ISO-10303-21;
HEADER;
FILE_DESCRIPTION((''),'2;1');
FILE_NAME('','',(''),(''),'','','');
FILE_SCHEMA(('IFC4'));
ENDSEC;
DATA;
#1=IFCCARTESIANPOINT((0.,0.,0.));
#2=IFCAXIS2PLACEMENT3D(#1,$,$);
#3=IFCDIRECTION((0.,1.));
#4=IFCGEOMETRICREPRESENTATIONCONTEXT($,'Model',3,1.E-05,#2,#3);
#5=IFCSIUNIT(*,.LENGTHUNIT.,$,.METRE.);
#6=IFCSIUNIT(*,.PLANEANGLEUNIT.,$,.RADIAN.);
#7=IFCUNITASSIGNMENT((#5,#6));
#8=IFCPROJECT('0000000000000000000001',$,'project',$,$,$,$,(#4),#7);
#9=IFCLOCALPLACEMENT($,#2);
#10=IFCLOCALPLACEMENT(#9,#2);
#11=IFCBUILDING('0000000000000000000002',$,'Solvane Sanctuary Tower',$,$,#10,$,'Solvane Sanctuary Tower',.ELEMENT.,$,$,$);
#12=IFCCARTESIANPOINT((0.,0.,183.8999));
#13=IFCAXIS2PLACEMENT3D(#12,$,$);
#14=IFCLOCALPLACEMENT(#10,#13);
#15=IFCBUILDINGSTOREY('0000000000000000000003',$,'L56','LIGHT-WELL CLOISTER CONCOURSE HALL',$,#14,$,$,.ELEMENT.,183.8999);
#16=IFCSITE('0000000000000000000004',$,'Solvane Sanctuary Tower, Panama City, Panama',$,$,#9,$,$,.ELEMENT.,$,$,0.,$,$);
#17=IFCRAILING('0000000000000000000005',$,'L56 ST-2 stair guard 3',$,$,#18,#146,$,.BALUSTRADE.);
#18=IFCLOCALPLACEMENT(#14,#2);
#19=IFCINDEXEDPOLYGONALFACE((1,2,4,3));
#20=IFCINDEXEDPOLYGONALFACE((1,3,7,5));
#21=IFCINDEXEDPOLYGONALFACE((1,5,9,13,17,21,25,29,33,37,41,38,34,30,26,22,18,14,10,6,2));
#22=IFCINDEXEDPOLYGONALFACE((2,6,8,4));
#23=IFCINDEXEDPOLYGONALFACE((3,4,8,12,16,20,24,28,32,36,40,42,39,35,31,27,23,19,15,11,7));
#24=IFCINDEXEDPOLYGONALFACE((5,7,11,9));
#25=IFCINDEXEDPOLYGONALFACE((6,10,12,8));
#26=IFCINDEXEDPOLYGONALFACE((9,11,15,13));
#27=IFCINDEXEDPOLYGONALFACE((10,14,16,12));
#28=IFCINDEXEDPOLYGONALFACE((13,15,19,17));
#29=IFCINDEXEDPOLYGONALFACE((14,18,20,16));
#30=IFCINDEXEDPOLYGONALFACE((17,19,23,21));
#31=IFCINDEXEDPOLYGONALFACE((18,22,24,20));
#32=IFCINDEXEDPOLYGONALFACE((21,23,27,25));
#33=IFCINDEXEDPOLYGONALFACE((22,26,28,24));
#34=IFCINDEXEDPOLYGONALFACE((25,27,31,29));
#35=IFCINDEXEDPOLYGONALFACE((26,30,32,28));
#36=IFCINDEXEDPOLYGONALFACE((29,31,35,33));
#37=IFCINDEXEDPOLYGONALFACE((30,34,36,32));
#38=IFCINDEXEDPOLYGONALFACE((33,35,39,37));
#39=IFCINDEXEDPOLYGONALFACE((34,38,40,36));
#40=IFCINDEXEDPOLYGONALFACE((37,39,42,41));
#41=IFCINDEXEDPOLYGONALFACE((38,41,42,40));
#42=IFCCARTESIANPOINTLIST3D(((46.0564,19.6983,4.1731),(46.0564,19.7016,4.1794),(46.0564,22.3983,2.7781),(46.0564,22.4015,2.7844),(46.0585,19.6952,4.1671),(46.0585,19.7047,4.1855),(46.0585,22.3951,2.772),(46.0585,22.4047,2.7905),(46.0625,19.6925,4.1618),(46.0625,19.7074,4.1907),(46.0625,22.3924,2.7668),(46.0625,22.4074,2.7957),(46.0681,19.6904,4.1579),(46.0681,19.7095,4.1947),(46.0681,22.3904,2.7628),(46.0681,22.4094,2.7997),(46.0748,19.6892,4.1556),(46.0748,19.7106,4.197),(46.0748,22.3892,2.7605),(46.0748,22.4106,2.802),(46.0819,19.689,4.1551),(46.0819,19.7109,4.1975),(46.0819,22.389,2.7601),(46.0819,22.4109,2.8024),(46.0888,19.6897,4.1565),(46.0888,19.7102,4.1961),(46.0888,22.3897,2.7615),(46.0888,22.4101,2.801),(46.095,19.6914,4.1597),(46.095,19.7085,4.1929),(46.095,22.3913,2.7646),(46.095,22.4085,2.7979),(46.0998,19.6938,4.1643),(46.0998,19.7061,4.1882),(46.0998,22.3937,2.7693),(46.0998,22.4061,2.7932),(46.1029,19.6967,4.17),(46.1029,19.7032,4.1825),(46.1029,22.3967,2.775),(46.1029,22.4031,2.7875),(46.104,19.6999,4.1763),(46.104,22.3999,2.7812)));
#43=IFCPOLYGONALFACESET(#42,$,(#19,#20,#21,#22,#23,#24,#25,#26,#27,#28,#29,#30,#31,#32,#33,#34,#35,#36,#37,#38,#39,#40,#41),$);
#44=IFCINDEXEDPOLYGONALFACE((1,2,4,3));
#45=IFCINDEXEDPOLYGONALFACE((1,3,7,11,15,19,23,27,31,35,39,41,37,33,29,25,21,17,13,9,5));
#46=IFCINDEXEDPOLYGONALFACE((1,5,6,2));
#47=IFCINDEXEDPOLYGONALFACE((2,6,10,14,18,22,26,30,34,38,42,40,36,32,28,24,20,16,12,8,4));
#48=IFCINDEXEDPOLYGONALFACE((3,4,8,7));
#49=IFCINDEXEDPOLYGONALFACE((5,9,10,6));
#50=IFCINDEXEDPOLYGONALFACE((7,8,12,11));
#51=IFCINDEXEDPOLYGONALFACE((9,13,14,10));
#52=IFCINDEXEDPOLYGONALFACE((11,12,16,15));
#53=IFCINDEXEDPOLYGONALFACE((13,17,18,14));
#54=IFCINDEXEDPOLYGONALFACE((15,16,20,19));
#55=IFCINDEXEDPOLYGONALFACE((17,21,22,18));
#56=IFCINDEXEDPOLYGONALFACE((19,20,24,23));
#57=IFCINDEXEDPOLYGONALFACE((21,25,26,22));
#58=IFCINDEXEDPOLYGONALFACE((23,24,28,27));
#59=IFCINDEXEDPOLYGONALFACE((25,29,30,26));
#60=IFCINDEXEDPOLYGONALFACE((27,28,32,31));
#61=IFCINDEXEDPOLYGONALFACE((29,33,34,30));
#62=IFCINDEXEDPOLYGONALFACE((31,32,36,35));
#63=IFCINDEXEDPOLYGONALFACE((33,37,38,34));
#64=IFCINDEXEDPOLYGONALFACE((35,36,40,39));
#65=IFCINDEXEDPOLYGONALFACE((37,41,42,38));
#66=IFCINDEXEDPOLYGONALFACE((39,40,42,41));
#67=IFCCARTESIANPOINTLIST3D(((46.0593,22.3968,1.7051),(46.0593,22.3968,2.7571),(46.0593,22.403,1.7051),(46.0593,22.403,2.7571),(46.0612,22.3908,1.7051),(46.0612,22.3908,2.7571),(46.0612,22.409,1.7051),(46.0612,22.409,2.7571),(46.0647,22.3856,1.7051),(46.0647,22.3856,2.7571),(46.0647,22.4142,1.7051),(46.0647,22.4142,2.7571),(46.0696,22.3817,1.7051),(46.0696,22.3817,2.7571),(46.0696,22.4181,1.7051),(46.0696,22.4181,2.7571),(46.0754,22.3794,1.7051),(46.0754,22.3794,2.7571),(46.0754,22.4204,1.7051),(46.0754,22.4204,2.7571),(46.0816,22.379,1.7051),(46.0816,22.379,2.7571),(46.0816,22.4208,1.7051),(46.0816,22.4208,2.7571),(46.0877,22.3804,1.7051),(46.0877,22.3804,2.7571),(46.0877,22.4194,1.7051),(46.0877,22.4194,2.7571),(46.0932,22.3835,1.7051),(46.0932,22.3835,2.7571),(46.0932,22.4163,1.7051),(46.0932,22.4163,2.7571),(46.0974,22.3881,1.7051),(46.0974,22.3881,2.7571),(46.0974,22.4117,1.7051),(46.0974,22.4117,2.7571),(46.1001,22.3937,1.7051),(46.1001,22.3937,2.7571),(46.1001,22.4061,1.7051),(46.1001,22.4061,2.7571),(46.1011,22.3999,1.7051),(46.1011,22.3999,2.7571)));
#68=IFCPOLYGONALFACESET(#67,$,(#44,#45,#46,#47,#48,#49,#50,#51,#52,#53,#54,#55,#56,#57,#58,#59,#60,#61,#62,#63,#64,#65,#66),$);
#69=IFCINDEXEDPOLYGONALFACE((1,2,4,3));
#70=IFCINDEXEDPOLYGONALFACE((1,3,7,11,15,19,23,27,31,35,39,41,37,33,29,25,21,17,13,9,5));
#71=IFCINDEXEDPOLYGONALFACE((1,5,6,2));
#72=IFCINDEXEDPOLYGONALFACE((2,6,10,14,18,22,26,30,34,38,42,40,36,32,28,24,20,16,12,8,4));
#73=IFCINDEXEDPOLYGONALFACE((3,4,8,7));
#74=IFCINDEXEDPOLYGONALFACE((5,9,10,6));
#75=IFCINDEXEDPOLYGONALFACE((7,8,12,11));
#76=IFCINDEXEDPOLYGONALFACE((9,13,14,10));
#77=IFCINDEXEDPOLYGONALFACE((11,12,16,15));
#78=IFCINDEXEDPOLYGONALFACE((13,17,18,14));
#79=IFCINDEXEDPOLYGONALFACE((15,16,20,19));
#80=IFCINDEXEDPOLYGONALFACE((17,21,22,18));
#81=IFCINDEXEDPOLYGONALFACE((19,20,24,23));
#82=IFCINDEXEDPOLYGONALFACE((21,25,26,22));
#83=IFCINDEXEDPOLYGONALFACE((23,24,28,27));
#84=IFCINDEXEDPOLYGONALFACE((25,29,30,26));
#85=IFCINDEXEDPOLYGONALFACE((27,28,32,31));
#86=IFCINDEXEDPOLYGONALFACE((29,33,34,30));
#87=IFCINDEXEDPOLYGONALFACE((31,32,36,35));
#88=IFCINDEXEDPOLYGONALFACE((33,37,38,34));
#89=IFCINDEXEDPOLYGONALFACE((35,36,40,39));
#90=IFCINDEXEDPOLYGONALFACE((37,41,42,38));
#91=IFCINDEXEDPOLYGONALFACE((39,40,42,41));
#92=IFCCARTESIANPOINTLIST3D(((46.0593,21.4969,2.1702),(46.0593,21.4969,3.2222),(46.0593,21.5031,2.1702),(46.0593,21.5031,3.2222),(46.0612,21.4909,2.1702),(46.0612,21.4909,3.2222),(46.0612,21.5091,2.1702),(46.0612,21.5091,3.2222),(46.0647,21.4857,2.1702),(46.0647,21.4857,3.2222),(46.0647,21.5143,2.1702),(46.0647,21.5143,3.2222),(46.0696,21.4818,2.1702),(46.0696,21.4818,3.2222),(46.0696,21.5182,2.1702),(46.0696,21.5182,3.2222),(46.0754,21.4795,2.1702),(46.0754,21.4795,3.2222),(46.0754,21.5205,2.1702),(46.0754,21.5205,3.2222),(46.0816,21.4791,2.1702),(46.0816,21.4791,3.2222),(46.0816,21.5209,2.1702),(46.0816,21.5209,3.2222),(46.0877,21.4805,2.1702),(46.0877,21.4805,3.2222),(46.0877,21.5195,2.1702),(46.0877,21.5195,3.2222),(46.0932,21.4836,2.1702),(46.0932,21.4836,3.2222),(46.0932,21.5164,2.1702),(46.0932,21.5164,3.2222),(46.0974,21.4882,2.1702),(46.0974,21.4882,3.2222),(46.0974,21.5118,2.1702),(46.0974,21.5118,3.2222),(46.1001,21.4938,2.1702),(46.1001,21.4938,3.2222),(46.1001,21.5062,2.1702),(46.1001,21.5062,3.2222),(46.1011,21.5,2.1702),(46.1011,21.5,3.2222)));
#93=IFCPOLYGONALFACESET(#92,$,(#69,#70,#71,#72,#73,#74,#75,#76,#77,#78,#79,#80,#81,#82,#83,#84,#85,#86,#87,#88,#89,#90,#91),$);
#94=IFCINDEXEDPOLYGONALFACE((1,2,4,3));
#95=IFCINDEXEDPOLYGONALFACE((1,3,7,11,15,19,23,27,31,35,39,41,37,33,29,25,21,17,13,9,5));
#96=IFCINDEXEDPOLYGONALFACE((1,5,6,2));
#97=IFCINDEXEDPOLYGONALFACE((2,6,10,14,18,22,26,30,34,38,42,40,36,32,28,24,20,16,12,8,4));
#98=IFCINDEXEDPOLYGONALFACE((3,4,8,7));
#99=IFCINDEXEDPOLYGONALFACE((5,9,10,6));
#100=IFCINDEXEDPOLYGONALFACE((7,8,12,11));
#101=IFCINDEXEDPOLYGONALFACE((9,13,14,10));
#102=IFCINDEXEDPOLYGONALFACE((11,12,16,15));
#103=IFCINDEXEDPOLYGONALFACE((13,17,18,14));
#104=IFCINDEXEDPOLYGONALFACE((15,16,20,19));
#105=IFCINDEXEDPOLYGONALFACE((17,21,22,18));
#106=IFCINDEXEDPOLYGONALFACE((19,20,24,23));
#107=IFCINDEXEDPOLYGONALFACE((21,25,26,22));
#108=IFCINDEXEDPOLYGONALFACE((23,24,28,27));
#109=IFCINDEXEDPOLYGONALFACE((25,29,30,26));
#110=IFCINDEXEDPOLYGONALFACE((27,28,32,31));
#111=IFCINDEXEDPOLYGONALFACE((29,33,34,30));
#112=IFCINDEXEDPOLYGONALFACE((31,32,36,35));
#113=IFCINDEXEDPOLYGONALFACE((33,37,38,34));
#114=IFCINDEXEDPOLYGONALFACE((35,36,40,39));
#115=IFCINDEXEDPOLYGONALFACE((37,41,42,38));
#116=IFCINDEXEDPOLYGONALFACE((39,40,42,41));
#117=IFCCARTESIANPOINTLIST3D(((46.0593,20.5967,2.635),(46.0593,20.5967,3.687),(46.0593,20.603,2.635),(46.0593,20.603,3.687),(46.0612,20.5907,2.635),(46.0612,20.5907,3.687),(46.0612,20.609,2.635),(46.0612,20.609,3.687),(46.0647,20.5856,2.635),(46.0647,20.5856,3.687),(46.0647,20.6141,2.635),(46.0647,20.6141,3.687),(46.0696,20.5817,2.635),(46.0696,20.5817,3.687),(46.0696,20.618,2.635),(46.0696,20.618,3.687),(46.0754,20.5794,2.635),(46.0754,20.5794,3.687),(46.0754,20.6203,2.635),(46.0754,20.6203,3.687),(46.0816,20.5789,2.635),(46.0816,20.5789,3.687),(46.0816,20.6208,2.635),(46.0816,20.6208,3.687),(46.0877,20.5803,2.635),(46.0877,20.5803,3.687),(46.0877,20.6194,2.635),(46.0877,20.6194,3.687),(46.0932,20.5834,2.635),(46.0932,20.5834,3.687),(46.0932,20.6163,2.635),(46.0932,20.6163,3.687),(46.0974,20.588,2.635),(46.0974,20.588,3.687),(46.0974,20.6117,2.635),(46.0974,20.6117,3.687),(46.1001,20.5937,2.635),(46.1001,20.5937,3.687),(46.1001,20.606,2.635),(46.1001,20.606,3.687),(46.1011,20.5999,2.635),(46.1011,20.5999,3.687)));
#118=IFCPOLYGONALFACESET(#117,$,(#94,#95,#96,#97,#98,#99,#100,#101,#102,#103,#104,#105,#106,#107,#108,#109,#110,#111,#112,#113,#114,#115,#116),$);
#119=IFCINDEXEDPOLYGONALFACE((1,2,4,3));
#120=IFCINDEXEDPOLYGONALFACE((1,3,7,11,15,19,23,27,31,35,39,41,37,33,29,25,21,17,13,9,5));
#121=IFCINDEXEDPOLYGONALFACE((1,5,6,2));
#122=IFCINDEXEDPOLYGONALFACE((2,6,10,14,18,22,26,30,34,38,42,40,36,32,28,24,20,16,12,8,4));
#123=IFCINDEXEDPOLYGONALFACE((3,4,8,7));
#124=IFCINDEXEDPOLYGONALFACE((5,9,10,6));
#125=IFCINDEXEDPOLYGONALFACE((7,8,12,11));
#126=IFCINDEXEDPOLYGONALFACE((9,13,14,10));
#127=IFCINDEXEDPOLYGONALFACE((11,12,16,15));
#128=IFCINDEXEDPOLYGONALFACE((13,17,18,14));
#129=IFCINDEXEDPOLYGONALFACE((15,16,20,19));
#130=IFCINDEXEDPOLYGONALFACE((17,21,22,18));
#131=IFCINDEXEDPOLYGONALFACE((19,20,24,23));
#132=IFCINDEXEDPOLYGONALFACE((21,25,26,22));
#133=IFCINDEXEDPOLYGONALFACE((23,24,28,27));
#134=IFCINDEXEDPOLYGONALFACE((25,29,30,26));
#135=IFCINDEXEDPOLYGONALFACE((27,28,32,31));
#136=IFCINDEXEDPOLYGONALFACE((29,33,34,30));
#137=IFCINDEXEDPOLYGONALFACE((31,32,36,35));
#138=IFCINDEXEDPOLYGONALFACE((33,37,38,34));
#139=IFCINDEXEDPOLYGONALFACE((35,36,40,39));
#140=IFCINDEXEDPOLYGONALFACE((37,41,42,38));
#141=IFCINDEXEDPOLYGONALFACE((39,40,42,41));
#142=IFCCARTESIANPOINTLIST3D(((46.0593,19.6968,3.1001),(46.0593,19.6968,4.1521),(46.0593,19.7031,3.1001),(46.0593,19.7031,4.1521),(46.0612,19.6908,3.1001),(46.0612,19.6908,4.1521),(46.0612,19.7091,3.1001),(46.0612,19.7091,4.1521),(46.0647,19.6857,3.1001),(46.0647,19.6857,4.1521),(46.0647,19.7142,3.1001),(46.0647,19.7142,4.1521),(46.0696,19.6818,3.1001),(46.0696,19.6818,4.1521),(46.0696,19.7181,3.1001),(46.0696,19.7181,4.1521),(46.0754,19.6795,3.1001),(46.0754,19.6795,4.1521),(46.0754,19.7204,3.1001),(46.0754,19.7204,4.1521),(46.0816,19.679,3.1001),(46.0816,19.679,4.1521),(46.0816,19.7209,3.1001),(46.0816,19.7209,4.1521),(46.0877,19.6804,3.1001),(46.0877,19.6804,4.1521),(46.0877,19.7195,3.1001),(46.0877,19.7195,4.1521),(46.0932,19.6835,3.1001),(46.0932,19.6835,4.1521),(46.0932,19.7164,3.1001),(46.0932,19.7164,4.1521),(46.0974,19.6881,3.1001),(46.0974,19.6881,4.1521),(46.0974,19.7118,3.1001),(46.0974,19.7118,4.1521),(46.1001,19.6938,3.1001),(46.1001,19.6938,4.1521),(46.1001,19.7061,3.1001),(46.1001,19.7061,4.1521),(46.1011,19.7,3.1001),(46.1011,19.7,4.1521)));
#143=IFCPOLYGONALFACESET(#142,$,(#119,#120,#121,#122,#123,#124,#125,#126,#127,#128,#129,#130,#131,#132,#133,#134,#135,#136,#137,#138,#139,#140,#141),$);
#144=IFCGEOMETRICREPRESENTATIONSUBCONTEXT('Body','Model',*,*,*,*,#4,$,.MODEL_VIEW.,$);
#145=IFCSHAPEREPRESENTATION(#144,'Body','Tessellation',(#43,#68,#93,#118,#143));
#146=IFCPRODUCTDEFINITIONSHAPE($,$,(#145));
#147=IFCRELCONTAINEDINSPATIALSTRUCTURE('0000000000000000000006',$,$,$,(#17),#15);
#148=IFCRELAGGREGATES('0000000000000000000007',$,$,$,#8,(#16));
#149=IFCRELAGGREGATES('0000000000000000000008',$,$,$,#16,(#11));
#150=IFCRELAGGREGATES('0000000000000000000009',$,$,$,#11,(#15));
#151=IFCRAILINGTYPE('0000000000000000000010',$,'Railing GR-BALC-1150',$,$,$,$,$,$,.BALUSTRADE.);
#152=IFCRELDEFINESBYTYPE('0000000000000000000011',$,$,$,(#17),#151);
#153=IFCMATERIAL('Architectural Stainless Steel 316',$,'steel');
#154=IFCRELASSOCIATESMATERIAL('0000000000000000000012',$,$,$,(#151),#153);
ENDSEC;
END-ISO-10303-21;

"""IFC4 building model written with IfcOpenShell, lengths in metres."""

from ifc_helpers import new_model, si_unit, direction, frame, origin, origin_2d, place, context, subcontext, project, spatial, circle, extrude, material, type_object, element, save


model = new_model("IFC4")

# Units and contexts
model_context = context("Model", 3, precision=1e-05, world=origin(), true_north=direction((0.0, 1.0)))
body_context = subcontext(model_context, "Body", "Model", "MODEL_VIEW")
ifc_project = project(units=[si_unit("LENGTHUNIT", "METRE"), si_unit("PLANEANGLEUNIT", "RADIAN")], contexts=[model_context])

# Site, building, storey
site_placement = place(None, origin())
site = spatial("IfcSite", under=ifc_project, at=site_placement, Name="Solvane Sanctuary Tower, Panama City, Panama", CompositionType="ELEMENT", RefElevation=0.0)
building_placement = place(site_placement, origin())
building = spatial("IfcBuilding", under=site, at=building_placement, Name="Solvane Sanctuary Tower", LongName="Solvane Sanctuary Tower", CompositionType="ELEMENT")
storey_placement = place(building_placement, frame((0.0, 0.0, 183.8999)))
storey = spatial("IfcBuildingStorey", under=building, at=storey_placement, Name="L56", Description="LIGHT-WELL CLOISTER CONCOURSE HALL", CompositionType="ELEMENT", Elevation=183.8999)

# Shared definitions
ifc_material_1 = material(Name="Architectural Stainless Steel 316", Category="steel")

# Railing
railing_type_1 = type_object("IfcRailingType", Name="Railing GR-BALC-1150", PredefinedType="BALUSTRADE", material=ifc_material_1)
railing_1_placement = place(storey_placement, frame((46.0801, 22.3999, 1.7051)))
element("IfcRailing", 1, at=railing_1_placement, inside=storey, type_object=railing_type_1, Name="L56 ST-2 stair guard 3", PredefinedType="BALUSTRADE", context=body_context, shape_type="SweptSolid", body=[
    extrude(circle(Radius=0.0239, at=origin_2d()), frame((0.0, 0.0, 1.0762), z_axis=(0.0, -0.88842, 0.459032), x_axis=(1.0, 0.0, 0.0)), (0.0, 0.0, 1.0), 3.0391),
    extrude(circle(Radius=0.021, at=origin_2d()), origin(), (0.0, 0.0, 1.0), 1.052),
    extrude(circle(Radius=0.021, at=origin_2d()), frame((0.0, -0.8999, 0.4651)), (0.0, 0.0, 1.0), 1.052),
    extrude(circle(Radius=0.021, at=origin_2d()), frame((0.0, -1.8, 0.9299)), (0.0, 0.0, 1.0), 1.052),
    extrude(circle(Radius=0.021, at=origin_2d()), frame((0.0, -2.7, 1.395)), (0.0, 0.0, 1.0), 1.052),
])

save(model, "model.ifc")
